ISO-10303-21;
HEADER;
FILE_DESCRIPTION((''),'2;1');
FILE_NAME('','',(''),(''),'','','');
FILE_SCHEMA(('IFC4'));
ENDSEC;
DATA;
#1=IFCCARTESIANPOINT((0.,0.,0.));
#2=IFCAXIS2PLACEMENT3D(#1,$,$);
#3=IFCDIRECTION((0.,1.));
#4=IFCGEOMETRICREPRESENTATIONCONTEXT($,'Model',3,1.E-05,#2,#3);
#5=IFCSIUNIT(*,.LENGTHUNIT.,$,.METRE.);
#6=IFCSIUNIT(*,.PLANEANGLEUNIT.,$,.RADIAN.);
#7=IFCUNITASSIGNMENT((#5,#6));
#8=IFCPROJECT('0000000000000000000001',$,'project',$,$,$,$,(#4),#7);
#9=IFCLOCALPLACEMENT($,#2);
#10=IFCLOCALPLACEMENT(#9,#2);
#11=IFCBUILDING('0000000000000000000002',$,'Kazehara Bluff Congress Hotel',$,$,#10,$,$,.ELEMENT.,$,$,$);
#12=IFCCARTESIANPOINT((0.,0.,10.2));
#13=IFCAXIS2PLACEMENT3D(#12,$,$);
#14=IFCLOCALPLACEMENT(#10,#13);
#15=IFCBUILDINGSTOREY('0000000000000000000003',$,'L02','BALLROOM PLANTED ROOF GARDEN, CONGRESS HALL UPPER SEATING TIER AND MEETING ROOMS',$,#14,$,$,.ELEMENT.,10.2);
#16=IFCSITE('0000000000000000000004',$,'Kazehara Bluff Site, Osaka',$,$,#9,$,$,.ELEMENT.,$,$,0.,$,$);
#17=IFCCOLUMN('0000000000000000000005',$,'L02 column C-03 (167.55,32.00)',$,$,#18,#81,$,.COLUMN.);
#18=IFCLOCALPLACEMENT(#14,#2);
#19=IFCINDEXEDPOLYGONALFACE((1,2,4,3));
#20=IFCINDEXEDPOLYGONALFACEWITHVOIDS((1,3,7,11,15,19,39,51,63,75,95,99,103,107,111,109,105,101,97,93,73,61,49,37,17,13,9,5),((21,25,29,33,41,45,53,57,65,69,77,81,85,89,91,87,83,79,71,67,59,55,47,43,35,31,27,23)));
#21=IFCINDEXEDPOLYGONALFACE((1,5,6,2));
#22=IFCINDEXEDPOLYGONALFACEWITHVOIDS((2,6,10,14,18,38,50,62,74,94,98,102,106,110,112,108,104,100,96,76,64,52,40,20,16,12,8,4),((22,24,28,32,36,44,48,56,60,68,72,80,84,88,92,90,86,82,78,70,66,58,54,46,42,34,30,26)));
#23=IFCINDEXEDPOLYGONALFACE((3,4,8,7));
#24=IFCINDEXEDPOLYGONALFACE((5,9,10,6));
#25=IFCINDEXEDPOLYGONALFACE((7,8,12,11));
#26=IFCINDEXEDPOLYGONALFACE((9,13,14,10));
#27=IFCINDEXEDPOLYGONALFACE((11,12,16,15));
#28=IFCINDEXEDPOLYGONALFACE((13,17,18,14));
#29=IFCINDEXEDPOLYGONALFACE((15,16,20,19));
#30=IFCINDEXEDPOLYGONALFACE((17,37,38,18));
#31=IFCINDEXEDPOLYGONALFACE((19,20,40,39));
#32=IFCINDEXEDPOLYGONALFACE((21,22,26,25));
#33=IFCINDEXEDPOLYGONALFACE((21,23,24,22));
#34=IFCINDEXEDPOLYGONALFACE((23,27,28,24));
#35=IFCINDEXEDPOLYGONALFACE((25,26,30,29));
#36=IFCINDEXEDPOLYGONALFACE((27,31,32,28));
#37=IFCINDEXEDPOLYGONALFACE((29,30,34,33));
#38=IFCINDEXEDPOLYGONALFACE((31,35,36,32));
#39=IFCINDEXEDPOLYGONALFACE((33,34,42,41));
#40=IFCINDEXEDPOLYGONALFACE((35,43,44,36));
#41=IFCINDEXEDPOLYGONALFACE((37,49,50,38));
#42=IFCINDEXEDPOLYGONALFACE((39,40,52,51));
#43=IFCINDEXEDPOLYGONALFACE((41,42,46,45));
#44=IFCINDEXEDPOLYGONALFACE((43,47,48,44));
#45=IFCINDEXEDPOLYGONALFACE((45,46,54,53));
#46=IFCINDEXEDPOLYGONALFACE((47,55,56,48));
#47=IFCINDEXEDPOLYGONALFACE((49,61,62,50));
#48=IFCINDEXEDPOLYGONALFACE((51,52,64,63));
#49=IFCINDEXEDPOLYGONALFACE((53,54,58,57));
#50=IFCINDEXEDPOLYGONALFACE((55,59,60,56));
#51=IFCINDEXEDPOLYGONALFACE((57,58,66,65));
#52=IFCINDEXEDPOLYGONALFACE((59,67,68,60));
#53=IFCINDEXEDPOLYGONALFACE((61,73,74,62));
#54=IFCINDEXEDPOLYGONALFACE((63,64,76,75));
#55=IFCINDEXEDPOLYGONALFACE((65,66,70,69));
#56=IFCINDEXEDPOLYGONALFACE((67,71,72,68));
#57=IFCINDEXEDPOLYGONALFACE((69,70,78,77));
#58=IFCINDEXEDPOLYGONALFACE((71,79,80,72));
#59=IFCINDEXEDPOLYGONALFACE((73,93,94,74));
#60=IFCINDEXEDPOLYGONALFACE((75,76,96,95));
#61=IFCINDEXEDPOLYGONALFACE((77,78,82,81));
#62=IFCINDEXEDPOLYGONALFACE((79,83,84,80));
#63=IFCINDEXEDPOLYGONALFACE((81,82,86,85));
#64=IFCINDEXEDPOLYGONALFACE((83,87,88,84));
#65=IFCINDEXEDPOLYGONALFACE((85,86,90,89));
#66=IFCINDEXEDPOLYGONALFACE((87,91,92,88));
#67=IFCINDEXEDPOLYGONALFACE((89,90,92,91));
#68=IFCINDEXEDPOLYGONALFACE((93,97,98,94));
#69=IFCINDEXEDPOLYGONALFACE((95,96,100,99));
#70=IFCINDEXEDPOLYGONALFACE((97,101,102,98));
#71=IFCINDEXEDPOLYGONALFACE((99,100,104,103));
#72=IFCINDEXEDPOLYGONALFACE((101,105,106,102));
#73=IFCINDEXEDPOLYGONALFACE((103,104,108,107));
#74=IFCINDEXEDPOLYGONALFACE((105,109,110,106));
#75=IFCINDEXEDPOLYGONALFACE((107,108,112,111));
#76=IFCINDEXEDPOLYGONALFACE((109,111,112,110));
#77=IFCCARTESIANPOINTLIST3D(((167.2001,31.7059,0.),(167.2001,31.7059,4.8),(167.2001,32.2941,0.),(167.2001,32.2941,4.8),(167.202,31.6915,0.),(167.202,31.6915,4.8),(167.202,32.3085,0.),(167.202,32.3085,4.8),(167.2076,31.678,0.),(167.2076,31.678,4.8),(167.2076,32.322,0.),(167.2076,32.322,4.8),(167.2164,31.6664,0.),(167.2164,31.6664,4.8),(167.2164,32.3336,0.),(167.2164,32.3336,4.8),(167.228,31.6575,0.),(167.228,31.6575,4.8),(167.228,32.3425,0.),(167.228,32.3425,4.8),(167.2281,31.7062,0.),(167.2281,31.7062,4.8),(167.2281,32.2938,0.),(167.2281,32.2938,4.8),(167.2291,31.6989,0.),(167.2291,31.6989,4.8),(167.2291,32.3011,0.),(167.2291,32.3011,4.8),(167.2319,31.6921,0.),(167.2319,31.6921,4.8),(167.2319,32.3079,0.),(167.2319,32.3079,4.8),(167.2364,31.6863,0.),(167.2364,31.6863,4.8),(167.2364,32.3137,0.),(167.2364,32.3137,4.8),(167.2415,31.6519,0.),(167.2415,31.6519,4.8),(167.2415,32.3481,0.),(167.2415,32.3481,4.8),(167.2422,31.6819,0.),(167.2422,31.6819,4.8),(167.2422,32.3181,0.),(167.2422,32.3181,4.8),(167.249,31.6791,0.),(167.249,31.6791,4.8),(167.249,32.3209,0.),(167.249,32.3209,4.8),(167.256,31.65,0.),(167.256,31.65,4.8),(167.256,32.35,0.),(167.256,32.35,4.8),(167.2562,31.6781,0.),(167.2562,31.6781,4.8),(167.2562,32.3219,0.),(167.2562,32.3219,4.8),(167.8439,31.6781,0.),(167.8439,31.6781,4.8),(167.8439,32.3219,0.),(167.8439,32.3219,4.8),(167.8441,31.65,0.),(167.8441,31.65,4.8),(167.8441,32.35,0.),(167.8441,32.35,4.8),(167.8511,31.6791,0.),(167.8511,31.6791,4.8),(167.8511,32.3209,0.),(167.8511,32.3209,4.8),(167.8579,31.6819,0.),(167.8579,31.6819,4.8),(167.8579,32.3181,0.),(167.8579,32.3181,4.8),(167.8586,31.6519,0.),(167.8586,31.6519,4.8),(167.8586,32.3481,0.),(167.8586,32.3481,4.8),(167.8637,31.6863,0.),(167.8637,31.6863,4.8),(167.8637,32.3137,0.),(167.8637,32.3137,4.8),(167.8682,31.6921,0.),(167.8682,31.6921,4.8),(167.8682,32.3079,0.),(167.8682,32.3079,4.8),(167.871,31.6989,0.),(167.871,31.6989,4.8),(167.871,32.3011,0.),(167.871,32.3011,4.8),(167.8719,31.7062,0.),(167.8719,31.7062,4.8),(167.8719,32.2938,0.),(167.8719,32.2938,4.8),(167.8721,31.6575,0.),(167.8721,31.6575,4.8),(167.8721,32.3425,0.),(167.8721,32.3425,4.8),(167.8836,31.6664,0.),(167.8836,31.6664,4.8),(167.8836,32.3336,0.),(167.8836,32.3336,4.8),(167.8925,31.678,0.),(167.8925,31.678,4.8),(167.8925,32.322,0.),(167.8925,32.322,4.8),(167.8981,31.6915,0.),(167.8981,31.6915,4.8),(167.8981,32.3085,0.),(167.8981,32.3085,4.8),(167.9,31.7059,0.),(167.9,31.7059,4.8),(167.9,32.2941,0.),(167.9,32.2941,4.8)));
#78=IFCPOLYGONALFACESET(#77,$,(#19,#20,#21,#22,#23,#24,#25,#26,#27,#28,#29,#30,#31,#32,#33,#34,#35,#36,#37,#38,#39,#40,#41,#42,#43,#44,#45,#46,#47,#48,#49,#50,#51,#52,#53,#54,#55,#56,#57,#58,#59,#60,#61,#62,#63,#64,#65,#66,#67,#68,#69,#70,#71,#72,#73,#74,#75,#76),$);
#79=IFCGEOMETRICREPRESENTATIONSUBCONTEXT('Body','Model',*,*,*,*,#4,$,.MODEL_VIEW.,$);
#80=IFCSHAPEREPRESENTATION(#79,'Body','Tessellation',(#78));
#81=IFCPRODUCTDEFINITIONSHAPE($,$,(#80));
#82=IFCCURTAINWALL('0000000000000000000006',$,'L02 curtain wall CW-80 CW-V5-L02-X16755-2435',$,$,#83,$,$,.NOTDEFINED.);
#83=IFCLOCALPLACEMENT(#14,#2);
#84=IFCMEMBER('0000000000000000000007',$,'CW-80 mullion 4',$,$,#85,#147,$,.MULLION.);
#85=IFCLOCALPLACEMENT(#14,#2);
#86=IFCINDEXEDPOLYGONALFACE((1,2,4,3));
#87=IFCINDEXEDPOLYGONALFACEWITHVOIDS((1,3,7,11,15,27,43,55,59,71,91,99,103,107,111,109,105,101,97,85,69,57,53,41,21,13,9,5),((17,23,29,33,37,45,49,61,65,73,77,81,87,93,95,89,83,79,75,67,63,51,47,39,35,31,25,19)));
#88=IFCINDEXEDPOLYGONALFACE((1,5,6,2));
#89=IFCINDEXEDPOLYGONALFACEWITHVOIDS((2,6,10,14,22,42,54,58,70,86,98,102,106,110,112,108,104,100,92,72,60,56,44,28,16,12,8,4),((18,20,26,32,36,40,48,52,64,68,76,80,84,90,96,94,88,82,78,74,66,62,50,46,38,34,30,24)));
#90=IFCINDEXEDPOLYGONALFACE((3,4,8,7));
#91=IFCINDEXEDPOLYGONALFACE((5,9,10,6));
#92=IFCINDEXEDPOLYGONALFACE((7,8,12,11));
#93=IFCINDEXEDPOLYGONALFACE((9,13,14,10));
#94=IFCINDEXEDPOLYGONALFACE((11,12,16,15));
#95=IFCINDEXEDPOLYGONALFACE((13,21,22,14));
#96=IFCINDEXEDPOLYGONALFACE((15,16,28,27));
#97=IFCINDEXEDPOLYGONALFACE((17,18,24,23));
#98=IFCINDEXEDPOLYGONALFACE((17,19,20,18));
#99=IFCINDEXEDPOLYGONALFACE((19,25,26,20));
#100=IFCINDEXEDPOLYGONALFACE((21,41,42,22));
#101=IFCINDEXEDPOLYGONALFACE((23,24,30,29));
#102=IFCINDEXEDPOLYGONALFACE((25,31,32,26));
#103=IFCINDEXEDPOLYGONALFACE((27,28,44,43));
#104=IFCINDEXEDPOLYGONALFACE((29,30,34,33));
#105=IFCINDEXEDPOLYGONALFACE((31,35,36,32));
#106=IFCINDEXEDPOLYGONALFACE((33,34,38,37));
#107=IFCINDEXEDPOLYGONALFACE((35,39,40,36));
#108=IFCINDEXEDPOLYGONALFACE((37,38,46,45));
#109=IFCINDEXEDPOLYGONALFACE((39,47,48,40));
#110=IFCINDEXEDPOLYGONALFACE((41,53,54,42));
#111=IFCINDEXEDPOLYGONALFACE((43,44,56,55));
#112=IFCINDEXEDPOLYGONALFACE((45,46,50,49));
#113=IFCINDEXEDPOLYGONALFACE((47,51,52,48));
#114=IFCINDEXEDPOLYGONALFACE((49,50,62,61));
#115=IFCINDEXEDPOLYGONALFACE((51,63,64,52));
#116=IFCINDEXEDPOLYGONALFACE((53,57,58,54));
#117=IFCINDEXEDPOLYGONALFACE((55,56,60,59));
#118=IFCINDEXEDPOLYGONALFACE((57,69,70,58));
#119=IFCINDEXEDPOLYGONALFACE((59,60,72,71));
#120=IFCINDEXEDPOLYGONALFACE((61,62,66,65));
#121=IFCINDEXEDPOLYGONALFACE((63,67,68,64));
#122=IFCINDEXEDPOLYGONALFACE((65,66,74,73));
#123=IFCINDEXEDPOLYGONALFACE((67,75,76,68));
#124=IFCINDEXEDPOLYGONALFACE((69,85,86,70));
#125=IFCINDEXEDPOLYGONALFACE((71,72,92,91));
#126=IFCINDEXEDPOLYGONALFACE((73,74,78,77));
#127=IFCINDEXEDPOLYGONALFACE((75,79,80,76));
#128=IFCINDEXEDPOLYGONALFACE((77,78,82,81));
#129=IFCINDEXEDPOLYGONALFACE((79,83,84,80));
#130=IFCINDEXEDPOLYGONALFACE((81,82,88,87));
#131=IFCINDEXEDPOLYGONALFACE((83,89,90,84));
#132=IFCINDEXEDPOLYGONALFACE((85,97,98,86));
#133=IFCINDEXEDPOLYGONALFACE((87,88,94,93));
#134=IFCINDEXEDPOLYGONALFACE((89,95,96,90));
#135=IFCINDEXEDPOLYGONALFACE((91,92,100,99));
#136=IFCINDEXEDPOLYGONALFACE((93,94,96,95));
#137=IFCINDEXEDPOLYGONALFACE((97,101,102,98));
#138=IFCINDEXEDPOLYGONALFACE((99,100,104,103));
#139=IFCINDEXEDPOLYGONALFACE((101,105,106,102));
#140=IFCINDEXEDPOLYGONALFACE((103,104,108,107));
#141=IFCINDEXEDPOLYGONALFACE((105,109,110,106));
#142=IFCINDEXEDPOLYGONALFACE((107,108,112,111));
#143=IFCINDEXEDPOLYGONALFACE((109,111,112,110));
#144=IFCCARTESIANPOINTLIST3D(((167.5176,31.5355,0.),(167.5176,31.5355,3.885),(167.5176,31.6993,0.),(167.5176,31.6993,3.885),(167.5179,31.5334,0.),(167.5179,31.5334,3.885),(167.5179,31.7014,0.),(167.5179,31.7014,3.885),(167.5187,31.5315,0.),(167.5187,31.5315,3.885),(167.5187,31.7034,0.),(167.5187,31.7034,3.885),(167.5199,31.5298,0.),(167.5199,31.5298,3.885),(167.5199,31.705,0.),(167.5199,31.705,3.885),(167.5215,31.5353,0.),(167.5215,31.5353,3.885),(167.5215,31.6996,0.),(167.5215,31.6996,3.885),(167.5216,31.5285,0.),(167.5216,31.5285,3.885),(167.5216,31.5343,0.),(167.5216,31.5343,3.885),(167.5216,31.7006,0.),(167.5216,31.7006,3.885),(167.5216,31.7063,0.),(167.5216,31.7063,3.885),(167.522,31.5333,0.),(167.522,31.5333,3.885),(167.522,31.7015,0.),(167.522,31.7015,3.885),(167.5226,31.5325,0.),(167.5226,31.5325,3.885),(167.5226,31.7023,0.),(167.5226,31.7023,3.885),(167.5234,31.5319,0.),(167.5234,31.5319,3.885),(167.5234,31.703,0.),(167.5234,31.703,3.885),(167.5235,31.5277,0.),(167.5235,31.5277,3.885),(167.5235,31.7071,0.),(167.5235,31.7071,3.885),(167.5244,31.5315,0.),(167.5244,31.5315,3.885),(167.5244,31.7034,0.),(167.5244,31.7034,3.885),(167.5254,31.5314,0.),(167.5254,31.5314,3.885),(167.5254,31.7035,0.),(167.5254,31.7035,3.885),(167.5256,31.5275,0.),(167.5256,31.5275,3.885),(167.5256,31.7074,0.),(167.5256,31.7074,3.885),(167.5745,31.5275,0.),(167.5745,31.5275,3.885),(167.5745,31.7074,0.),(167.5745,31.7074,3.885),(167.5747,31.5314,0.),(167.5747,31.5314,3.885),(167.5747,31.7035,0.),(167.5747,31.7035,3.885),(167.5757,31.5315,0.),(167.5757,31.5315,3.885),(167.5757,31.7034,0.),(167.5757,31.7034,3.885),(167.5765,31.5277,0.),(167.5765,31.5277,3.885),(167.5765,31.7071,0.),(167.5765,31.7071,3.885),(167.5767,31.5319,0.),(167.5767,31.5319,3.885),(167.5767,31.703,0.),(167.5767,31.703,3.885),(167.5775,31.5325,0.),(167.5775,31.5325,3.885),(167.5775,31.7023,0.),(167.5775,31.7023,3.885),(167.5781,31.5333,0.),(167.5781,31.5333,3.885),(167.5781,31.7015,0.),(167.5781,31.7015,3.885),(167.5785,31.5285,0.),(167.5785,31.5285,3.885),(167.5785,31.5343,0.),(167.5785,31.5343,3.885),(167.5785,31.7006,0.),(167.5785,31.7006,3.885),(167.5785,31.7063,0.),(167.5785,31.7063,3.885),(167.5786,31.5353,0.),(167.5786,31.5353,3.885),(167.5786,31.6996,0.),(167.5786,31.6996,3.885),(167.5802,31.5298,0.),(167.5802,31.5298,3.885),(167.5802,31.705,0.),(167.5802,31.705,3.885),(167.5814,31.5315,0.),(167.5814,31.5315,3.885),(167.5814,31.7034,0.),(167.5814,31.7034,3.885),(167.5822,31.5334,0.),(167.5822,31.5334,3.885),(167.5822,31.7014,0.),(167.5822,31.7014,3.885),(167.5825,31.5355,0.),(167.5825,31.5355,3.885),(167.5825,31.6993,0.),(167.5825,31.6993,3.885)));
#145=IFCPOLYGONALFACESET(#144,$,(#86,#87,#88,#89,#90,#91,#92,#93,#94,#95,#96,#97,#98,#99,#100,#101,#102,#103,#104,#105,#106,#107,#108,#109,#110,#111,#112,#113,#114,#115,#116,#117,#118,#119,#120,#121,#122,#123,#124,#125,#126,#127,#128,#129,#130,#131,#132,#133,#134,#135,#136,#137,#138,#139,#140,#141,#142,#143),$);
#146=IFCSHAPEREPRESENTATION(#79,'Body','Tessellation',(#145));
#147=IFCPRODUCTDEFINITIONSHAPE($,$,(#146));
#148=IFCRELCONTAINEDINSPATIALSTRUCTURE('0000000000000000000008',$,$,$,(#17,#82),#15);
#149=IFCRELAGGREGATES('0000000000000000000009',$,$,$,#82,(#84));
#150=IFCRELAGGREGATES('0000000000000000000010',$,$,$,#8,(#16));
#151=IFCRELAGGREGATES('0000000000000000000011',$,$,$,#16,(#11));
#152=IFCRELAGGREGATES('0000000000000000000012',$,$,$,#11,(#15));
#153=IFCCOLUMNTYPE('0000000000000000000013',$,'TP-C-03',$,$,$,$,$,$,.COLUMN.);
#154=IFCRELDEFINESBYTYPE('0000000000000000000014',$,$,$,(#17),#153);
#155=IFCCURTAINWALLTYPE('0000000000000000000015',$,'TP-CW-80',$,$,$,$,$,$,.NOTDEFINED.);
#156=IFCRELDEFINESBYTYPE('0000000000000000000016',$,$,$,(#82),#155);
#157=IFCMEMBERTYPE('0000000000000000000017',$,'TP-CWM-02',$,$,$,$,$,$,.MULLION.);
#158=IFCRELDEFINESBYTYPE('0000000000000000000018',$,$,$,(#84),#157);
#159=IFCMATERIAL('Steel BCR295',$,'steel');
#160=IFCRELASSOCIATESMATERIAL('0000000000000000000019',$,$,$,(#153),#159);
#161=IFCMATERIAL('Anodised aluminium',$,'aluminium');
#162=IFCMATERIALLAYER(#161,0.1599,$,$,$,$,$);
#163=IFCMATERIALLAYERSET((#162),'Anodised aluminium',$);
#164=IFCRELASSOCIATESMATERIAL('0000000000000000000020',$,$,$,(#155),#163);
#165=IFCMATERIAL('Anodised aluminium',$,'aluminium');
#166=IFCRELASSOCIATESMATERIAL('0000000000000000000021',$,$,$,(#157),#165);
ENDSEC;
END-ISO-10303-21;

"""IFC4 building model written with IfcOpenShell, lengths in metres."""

from ifc_helpers import new_model, si_unit, direction, frame, origin, origin_2d, place, context, subcontext, project, spatial, hollow_rectangle, extrude, material, layer, layer_set, material_profile, profile_set, type_object, element, aggregate, save


model = new_model("IFC4")

# Units and contexts
model_context = context("Model", 3, precision=1e-05, world=origin(), true_north=direction((0.0, 1.0)))
body_context = subcontext(model_context, "Body", "Model", "MODEL_VIEW")
ifc_project = project(units=[si_unit("LENGTHUNIT", "METRE"), si_unit("PLANEANGLEUNIT", "RADIAN")], contexts=[model_context])

# Site, building, storey
site_placement = place(None, origin())
site = spatial("IfcSite", under=ifc_project, at=site_placement, Name="Kazehara Bluff Site, Osaka", CompositionType="ELEMENT", RefElevation=0.0)
building_placement = place(site_placement, origin())
building = spatial("IfcBuilding", under=site, at=building_placement, Name="Kazehara Bluff Congress Hotel", CompositionType="ELEMENT")
storey_placement = place(building_placement, frame((0.0, 0.0, 10.2)))
storey = spatial("IfcBuildingStorey", under=building, at=storey_placement, Name="L02", Description="BALLROOM PLANTED ROOF GARDEN, CONGRESS HALL UPPER SEATING TIER AND MEETING ROOMS", CompositionType="ELEMENT", Elevation=10.2)

# Column
ifc_material_1 = material(Name="Steel BCR295", Category="steel")
ifc_material_profile_1 = material_profile(ifc_material_1, hollow_rectangle(XDim=0.7, YDim=0.7, WallThickness=0.0281, InnerFilletRadius=0.0281, OuterFilletRadius=0.0559, at=origin_2d()))
ifc_profile_set_1 = profile_set([ifc_material_profile_1], Name="Steel BCR295")
column_type = type_object("IfcColumnType", Name="TP-C-03", PredefinedType="COLUMN", material=ifc_profile_set_1)
column_placement = place(storey_placement, frame((167.55, 32.0, 0.0), z_axis=(0.0, 0.0, 1.0), x_axis=(1.0, 0.0, 0.0)))
element("IfcColumn", 1, at=column_placement, inside=storey, type_object=column_type, Name="L02 column C-03 (167.55,32.00)", PredefinedType="COLUMN", context=body_context, shape_type="SweptSolid", body=[
    extrude(hollow_rectangle(XDim=0.7, YDim=0.7, WallThickness=0.0281, InnerFilletRadius=0.0281, OuterFilletRadius=0.0559, at=origin_2d()), origin(), (0.0, 0.0, 1.0), 4.8),
])

# Curtain wall, member
ifc_material_2 = material(Name="Anodised aluminium", Category="aluminium")
ifc_layer_1 = layer(ifc_material_2, 0.1599)
ifc_layer_set_1 = layer_set([ifc_layer_1], Name="Anodised aluminium")
curtain_wall_type_1 = type_object("IfcCurtainWallType", Name="TP-CW-80", PredefinedType="NOTDEFINED", material=ifc_layer_set_1)
curtain_wall_1_placement = place(storey_placement, origin())
curtain_wall_1 = element("IfcCurtainWall", 2, at=curtain_wall_1_placement, inside=storey, type_object=curtain_wall_type_1, Name="L02 curtain wall CW-80 CW-V5-L02-X16755-2435", PredefinedType="NOTDEFINED")
ifc_material_3 = material(Name="Anodised aluminium", Category="aluminium")
ifc_material_profile_2 = material_profile(ifc_material_3, hollow_rectangle(XDim=0.0649, YDim=0.1799, WallThickness=0.0039, InnerFilletRadius=0.0039, OuterFilletRadius=0.0081, at=origin_2d()))
ifc_profile_set_2 = profile_set([ifc_material_profile_2], Name="Anodised aluminium")
member_type_1 = type_object("IfcMemberType", Name="TP-CWM-02", PredefinedType="MULLION", material=ifc_profile_set_2)
member_1_placement = place(storey_placement, frame((167.55, 31.6174, 0.0), z_axis=(0.0, 0.0, 1.0), x_axis=(-1.0, 0.0, 0.0)))
member_1 = element("IfcMember", 3, at=member_1_placement, type_object=member_type_1, Name="CW-80 mullion 4", PredefinedType="MULLION", context=body_context, shape_type="SweptSolid", body=[
    extrude(hollow_rectangle(XDim=0.0649, YDim=0.1799, WallThickness=0.0039, InnerFilletRadius=0.0039, OuterFilletRadius=0.0081, at=origin_2d()), origin(), (0.0, 0.0, 1.0), 3.885),
])

aggregate(curtain_wall_1, [member_1])

save(model, "model.ifc")
